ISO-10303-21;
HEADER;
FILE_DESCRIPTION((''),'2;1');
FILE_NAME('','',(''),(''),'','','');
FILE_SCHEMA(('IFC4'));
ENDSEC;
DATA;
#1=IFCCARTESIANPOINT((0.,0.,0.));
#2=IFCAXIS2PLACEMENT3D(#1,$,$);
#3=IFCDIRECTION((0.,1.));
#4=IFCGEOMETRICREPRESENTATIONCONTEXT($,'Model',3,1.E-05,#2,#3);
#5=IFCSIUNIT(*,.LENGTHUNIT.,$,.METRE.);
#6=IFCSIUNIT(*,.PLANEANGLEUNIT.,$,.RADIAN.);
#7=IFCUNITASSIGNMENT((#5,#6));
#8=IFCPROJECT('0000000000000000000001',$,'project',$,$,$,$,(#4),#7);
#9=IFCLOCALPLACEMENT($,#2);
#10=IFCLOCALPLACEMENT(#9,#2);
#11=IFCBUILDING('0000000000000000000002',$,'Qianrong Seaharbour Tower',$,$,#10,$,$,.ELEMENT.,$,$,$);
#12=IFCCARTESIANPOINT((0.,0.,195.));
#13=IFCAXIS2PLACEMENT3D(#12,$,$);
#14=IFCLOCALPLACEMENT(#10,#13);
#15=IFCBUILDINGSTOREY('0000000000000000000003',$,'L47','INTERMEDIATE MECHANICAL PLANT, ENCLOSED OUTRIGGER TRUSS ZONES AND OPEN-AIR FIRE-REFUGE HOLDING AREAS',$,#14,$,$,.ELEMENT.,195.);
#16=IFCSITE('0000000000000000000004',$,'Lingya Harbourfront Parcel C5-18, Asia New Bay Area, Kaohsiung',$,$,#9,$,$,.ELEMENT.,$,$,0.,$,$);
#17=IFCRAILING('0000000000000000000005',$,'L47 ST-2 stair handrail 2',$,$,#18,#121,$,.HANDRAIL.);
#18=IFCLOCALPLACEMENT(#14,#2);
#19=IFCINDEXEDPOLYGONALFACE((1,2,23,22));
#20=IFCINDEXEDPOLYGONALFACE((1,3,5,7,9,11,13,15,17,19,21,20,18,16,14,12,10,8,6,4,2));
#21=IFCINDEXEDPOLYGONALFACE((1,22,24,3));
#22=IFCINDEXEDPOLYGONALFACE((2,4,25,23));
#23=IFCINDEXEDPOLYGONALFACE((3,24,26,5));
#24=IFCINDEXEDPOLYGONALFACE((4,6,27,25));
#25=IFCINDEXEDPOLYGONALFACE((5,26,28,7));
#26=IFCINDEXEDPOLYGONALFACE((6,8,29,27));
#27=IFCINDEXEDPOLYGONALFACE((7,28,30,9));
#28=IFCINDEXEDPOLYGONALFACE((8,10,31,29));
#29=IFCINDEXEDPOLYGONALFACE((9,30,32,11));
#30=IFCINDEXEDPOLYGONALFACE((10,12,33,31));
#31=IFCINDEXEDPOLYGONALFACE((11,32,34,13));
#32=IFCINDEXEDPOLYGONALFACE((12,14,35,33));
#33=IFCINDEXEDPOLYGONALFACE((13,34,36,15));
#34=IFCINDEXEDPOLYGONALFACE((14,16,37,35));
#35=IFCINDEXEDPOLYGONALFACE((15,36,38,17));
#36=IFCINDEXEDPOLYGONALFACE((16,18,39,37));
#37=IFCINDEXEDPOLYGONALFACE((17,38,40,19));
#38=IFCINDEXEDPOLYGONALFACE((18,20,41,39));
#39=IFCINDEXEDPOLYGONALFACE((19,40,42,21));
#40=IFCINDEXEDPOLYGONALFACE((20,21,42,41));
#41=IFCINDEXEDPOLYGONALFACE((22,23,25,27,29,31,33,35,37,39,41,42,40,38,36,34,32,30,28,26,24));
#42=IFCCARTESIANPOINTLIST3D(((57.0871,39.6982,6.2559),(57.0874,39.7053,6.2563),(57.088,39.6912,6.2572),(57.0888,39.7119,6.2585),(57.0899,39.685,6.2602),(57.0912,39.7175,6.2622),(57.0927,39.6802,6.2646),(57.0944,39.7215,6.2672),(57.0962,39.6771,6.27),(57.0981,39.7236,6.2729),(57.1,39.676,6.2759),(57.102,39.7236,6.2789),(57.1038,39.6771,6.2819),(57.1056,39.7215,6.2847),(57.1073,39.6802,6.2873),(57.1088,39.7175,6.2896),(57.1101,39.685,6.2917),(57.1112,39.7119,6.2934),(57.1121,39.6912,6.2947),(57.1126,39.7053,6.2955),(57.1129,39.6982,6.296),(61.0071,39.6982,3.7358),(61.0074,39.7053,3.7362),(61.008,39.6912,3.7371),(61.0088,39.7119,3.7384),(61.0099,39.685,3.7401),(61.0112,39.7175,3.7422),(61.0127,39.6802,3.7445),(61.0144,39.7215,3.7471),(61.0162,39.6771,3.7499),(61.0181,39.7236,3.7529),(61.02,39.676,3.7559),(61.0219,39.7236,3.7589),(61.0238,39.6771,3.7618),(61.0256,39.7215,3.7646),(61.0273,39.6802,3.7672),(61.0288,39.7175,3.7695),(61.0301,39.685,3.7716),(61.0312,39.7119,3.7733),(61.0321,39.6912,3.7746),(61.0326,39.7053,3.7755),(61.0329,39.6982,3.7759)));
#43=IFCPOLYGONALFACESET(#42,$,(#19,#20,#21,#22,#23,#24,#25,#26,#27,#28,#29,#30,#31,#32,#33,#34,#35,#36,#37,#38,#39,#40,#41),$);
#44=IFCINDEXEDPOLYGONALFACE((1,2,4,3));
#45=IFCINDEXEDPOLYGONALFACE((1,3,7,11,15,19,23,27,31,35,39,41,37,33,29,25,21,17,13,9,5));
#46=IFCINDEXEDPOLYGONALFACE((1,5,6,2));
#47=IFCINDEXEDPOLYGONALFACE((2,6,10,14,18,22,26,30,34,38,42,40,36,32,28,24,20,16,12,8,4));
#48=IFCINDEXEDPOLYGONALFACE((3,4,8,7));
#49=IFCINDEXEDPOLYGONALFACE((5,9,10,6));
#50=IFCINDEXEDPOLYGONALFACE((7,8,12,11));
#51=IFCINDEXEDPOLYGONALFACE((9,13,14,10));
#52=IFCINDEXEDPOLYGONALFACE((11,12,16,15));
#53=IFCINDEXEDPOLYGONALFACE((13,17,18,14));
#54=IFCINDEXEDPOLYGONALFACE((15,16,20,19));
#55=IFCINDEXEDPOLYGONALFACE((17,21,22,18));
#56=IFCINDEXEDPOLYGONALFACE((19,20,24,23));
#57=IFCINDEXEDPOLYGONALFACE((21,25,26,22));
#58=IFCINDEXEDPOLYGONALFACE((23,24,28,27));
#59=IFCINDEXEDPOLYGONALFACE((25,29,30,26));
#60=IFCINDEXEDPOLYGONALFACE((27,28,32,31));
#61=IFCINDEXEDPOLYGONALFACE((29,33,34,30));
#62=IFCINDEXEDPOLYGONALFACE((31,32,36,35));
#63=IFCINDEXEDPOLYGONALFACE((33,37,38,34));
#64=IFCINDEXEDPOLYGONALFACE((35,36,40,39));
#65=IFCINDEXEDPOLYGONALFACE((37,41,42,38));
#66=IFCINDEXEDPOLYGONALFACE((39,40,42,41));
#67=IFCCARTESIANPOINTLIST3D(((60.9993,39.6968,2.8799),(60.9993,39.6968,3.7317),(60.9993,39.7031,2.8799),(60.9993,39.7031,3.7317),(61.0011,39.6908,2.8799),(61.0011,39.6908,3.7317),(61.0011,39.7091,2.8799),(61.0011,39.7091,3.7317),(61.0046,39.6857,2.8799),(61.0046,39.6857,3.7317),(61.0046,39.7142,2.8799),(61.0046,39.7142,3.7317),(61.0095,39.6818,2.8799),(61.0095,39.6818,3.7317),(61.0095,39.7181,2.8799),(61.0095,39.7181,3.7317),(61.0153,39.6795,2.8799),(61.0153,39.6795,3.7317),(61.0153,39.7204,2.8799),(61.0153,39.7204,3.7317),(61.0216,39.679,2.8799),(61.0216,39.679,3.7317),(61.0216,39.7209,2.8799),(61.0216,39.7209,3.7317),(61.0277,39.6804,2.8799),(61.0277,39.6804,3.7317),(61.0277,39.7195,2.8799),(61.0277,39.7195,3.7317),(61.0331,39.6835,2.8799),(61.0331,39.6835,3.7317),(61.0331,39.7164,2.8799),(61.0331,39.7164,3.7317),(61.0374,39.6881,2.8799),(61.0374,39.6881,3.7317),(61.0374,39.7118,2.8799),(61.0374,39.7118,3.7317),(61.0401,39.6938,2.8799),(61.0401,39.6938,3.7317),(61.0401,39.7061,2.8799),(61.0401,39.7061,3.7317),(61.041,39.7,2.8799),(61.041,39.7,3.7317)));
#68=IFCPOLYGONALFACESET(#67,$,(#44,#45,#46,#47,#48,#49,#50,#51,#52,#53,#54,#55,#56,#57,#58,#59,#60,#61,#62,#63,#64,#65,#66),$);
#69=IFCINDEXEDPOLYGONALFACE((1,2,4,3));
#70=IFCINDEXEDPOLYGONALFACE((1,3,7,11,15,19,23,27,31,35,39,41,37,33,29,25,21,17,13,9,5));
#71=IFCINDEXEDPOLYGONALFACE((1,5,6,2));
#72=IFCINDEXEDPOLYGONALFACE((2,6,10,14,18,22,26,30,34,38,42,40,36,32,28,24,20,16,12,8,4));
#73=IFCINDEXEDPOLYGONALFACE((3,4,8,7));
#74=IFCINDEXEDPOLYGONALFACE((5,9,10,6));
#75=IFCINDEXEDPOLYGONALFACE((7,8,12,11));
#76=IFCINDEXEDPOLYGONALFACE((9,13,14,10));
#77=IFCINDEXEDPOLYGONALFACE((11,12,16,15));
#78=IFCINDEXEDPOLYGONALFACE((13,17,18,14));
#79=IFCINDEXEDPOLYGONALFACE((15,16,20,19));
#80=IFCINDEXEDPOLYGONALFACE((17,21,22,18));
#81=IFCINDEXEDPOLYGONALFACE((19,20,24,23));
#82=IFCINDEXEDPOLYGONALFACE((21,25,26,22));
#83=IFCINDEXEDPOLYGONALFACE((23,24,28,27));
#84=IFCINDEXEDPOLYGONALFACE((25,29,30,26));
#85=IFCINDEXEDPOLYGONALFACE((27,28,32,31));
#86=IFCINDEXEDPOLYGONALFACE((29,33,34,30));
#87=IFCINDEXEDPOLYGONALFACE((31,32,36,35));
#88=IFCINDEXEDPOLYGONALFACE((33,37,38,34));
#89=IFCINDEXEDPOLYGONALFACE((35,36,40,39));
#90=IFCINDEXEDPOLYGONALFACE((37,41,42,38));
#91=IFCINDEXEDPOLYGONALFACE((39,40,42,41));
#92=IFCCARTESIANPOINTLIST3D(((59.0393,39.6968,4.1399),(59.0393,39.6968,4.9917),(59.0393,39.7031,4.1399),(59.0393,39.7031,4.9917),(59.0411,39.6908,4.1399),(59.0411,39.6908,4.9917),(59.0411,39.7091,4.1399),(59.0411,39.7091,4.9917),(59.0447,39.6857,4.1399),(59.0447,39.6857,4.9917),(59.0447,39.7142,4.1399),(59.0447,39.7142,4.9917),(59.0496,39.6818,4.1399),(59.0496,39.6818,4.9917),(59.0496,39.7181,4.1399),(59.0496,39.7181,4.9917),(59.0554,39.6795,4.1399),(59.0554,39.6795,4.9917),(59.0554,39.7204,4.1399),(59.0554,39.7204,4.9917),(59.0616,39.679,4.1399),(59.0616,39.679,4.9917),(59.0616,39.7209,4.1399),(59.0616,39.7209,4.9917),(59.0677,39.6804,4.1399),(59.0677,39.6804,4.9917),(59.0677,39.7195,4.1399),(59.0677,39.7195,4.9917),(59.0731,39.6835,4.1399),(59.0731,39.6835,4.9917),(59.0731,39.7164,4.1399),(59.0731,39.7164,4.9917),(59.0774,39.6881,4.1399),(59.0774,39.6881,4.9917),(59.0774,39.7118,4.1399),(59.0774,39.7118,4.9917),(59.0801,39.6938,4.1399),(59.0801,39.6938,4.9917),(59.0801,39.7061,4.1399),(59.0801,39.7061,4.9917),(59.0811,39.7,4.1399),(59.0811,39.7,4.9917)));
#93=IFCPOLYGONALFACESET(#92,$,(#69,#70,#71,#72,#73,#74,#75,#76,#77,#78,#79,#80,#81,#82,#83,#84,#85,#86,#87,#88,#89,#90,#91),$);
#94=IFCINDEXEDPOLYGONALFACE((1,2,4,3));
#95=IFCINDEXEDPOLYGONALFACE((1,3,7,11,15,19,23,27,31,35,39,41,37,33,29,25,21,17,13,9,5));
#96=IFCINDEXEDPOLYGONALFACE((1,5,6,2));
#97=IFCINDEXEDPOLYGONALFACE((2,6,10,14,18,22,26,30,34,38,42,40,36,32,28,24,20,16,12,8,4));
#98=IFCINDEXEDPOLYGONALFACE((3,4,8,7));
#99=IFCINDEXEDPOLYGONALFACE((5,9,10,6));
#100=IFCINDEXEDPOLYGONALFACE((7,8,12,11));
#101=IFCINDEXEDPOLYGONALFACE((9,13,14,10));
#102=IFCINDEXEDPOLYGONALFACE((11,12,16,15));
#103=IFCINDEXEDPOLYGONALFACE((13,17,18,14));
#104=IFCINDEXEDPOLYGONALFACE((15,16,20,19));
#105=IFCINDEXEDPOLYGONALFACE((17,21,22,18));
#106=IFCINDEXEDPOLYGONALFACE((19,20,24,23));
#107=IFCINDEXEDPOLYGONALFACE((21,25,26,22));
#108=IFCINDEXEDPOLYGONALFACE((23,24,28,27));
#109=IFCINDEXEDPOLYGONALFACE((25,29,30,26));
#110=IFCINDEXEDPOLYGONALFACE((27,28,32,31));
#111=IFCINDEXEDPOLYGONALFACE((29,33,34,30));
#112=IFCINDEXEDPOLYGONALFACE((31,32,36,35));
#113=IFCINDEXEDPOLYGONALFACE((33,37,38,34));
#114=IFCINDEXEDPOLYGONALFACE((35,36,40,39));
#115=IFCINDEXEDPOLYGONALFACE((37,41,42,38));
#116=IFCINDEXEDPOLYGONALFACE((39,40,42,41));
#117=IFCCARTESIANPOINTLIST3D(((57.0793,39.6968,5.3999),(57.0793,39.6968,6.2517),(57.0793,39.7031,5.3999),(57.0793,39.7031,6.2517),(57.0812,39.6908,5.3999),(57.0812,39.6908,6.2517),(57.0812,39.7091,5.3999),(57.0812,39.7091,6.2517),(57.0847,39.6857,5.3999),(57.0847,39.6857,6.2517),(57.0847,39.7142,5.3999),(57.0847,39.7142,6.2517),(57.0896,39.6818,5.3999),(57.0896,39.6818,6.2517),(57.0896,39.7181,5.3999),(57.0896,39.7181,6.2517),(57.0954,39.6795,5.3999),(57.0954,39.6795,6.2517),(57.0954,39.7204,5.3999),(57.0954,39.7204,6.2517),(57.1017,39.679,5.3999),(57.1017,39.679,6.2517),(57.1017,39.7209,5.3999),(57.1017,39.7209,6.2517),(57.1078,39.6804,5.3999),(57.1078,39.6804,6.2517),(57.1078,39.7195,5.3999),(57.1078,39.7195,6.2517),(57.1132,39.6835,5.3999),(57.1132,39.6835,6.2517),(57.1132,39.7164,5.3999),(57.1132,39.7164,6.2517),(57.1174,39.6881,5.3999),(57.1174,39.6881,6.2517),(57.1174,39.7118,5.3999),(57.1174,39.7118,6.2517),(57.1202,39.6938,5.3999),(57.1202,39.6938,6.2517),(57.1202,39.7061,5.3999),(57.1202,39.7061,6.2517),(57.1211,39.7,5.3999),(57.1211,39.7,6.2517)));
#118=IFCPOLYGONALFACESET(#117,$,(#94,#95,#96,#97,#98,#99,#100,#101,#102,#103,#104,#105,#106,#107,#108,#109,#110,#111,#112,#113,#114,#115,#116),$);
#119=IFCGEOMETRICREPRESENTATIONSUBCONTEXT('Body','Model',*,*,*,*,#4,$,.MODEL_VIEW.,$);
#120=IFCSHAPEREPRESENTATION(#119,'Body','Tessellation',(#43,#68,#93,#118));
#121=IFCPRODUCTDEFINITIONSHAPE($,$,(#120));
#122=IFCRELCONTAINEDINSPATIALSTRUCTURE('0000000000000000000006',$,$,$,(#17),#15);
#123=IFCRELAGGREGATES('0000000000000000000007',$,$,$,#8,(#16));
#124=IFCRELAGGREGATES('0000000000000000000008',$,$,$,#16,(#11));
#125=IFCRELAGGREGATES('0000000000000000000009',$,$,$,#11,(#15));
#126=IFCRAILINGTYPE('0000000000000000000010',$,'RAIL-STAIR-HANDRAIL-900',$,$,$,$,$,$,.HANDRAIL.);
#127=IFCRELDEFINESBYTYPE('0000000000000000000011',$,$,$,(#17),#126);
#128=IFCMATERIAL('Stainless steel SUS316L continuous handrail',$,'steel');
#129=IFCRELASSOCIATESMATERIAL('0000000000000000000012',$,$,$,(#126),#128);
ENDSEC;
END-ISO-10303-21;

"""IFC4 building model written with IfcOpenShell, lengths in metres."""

from ifc_helpers import new_model, si_unit, direction, frame, origin, origin_2d, place, context, subcontext, project, spatial, circle, extrude, material, type_object, element, save


model = new_model("IFC4")

# Units and contexts
model_context = context("Model", 3, precision=1e-05, world=origin(), true_north=direction((0.0, 1.0)))
body_context = subcontext(model_context, "Body", "Model", "MODEL_VIEW")
ifc_project = project(units=[si_unit("LENGTHUNIT", "METRE"), si_unit("PLANEANGLEUNIT", "RADIAN")], contexts=[model_context])

# Site, building, storey
site_placement = place(None, origin())
site = spatial("IfcSite", under=ifc_project, at=site_placement, Name="Lingya Harbourfront Parcel C5-18, Asia New Bay Area, Kaohsiung", CompositionType="ELEMENT", RefElevation=0.0)
building_placement = place(site_placement, origin())
building = spatial("IfcBuilding", under=site, at=building_placement, Name="Qianrong Seaharbour Tower", CompositionType="ELEMENT")
storey_placement = place(building_placement, frame((0.0, 0.0, 195.0)))
storey = spatial("IfcBuildingStorey", under=building, at=storey_placement, Name="L47", Description="INTERMEDIATE MECHANICAL PLANT, ENCLOSED OUTRIGGER TRUSS ZONES AND OPEN-AIR FIRE-REFUGE HOLDING AREAS", CompositionType="ELEMENT", Elevation=195.0)

# Railing
ifc_material_1 = material(Name="Stainless steel SUS316L continuous handrail", Category="steel")
railing_type_1 = type_object("IfcRailingType", Name="RAIL-STAIR-HANDRAIL-900", PredefinedType="HANDRAIL", material=ifc_material_1)
railing_1_placement = place(storey_placement, frame((61.02, 39.7, 2.8799)))
element("IfcRailing", 1, at=railing_1_placement, inside=storey, type_object=railing_type_1, Name="L47 ST-2 stair handrail 2", PredefinedType="HANDRAIL", context=body_context, shape_type="SweptSolid", body=[
    extrude(circle(Radius=0.0239, at=origin_2d()), frame((0.0, 0.0, 0.876), z_axis=(-0.841172, 0.0, 0.540768), x_axis=(0.0, -1.0, 0.0)), (0.0, 0.0, 1.0), 4.6602),
    extrude(circle(Radius=0.021, at=origin_2d()), origin(), (0.0, 0.0, 1.0), 0.8518),
    extrude(circle(Radius=0.021, at=origin_2d()), frame((-1.96, 0.0, 1.26)), (0.0, 0.0, 1.0), 0.8518),
    extrude(circle(Radius=0.021, at=origin_2d()), frame((-3.9199, 0.0, 2.52)), (0.0, 0.0, 1.0), 0.8518),
])

save(model, "model.ifc")
